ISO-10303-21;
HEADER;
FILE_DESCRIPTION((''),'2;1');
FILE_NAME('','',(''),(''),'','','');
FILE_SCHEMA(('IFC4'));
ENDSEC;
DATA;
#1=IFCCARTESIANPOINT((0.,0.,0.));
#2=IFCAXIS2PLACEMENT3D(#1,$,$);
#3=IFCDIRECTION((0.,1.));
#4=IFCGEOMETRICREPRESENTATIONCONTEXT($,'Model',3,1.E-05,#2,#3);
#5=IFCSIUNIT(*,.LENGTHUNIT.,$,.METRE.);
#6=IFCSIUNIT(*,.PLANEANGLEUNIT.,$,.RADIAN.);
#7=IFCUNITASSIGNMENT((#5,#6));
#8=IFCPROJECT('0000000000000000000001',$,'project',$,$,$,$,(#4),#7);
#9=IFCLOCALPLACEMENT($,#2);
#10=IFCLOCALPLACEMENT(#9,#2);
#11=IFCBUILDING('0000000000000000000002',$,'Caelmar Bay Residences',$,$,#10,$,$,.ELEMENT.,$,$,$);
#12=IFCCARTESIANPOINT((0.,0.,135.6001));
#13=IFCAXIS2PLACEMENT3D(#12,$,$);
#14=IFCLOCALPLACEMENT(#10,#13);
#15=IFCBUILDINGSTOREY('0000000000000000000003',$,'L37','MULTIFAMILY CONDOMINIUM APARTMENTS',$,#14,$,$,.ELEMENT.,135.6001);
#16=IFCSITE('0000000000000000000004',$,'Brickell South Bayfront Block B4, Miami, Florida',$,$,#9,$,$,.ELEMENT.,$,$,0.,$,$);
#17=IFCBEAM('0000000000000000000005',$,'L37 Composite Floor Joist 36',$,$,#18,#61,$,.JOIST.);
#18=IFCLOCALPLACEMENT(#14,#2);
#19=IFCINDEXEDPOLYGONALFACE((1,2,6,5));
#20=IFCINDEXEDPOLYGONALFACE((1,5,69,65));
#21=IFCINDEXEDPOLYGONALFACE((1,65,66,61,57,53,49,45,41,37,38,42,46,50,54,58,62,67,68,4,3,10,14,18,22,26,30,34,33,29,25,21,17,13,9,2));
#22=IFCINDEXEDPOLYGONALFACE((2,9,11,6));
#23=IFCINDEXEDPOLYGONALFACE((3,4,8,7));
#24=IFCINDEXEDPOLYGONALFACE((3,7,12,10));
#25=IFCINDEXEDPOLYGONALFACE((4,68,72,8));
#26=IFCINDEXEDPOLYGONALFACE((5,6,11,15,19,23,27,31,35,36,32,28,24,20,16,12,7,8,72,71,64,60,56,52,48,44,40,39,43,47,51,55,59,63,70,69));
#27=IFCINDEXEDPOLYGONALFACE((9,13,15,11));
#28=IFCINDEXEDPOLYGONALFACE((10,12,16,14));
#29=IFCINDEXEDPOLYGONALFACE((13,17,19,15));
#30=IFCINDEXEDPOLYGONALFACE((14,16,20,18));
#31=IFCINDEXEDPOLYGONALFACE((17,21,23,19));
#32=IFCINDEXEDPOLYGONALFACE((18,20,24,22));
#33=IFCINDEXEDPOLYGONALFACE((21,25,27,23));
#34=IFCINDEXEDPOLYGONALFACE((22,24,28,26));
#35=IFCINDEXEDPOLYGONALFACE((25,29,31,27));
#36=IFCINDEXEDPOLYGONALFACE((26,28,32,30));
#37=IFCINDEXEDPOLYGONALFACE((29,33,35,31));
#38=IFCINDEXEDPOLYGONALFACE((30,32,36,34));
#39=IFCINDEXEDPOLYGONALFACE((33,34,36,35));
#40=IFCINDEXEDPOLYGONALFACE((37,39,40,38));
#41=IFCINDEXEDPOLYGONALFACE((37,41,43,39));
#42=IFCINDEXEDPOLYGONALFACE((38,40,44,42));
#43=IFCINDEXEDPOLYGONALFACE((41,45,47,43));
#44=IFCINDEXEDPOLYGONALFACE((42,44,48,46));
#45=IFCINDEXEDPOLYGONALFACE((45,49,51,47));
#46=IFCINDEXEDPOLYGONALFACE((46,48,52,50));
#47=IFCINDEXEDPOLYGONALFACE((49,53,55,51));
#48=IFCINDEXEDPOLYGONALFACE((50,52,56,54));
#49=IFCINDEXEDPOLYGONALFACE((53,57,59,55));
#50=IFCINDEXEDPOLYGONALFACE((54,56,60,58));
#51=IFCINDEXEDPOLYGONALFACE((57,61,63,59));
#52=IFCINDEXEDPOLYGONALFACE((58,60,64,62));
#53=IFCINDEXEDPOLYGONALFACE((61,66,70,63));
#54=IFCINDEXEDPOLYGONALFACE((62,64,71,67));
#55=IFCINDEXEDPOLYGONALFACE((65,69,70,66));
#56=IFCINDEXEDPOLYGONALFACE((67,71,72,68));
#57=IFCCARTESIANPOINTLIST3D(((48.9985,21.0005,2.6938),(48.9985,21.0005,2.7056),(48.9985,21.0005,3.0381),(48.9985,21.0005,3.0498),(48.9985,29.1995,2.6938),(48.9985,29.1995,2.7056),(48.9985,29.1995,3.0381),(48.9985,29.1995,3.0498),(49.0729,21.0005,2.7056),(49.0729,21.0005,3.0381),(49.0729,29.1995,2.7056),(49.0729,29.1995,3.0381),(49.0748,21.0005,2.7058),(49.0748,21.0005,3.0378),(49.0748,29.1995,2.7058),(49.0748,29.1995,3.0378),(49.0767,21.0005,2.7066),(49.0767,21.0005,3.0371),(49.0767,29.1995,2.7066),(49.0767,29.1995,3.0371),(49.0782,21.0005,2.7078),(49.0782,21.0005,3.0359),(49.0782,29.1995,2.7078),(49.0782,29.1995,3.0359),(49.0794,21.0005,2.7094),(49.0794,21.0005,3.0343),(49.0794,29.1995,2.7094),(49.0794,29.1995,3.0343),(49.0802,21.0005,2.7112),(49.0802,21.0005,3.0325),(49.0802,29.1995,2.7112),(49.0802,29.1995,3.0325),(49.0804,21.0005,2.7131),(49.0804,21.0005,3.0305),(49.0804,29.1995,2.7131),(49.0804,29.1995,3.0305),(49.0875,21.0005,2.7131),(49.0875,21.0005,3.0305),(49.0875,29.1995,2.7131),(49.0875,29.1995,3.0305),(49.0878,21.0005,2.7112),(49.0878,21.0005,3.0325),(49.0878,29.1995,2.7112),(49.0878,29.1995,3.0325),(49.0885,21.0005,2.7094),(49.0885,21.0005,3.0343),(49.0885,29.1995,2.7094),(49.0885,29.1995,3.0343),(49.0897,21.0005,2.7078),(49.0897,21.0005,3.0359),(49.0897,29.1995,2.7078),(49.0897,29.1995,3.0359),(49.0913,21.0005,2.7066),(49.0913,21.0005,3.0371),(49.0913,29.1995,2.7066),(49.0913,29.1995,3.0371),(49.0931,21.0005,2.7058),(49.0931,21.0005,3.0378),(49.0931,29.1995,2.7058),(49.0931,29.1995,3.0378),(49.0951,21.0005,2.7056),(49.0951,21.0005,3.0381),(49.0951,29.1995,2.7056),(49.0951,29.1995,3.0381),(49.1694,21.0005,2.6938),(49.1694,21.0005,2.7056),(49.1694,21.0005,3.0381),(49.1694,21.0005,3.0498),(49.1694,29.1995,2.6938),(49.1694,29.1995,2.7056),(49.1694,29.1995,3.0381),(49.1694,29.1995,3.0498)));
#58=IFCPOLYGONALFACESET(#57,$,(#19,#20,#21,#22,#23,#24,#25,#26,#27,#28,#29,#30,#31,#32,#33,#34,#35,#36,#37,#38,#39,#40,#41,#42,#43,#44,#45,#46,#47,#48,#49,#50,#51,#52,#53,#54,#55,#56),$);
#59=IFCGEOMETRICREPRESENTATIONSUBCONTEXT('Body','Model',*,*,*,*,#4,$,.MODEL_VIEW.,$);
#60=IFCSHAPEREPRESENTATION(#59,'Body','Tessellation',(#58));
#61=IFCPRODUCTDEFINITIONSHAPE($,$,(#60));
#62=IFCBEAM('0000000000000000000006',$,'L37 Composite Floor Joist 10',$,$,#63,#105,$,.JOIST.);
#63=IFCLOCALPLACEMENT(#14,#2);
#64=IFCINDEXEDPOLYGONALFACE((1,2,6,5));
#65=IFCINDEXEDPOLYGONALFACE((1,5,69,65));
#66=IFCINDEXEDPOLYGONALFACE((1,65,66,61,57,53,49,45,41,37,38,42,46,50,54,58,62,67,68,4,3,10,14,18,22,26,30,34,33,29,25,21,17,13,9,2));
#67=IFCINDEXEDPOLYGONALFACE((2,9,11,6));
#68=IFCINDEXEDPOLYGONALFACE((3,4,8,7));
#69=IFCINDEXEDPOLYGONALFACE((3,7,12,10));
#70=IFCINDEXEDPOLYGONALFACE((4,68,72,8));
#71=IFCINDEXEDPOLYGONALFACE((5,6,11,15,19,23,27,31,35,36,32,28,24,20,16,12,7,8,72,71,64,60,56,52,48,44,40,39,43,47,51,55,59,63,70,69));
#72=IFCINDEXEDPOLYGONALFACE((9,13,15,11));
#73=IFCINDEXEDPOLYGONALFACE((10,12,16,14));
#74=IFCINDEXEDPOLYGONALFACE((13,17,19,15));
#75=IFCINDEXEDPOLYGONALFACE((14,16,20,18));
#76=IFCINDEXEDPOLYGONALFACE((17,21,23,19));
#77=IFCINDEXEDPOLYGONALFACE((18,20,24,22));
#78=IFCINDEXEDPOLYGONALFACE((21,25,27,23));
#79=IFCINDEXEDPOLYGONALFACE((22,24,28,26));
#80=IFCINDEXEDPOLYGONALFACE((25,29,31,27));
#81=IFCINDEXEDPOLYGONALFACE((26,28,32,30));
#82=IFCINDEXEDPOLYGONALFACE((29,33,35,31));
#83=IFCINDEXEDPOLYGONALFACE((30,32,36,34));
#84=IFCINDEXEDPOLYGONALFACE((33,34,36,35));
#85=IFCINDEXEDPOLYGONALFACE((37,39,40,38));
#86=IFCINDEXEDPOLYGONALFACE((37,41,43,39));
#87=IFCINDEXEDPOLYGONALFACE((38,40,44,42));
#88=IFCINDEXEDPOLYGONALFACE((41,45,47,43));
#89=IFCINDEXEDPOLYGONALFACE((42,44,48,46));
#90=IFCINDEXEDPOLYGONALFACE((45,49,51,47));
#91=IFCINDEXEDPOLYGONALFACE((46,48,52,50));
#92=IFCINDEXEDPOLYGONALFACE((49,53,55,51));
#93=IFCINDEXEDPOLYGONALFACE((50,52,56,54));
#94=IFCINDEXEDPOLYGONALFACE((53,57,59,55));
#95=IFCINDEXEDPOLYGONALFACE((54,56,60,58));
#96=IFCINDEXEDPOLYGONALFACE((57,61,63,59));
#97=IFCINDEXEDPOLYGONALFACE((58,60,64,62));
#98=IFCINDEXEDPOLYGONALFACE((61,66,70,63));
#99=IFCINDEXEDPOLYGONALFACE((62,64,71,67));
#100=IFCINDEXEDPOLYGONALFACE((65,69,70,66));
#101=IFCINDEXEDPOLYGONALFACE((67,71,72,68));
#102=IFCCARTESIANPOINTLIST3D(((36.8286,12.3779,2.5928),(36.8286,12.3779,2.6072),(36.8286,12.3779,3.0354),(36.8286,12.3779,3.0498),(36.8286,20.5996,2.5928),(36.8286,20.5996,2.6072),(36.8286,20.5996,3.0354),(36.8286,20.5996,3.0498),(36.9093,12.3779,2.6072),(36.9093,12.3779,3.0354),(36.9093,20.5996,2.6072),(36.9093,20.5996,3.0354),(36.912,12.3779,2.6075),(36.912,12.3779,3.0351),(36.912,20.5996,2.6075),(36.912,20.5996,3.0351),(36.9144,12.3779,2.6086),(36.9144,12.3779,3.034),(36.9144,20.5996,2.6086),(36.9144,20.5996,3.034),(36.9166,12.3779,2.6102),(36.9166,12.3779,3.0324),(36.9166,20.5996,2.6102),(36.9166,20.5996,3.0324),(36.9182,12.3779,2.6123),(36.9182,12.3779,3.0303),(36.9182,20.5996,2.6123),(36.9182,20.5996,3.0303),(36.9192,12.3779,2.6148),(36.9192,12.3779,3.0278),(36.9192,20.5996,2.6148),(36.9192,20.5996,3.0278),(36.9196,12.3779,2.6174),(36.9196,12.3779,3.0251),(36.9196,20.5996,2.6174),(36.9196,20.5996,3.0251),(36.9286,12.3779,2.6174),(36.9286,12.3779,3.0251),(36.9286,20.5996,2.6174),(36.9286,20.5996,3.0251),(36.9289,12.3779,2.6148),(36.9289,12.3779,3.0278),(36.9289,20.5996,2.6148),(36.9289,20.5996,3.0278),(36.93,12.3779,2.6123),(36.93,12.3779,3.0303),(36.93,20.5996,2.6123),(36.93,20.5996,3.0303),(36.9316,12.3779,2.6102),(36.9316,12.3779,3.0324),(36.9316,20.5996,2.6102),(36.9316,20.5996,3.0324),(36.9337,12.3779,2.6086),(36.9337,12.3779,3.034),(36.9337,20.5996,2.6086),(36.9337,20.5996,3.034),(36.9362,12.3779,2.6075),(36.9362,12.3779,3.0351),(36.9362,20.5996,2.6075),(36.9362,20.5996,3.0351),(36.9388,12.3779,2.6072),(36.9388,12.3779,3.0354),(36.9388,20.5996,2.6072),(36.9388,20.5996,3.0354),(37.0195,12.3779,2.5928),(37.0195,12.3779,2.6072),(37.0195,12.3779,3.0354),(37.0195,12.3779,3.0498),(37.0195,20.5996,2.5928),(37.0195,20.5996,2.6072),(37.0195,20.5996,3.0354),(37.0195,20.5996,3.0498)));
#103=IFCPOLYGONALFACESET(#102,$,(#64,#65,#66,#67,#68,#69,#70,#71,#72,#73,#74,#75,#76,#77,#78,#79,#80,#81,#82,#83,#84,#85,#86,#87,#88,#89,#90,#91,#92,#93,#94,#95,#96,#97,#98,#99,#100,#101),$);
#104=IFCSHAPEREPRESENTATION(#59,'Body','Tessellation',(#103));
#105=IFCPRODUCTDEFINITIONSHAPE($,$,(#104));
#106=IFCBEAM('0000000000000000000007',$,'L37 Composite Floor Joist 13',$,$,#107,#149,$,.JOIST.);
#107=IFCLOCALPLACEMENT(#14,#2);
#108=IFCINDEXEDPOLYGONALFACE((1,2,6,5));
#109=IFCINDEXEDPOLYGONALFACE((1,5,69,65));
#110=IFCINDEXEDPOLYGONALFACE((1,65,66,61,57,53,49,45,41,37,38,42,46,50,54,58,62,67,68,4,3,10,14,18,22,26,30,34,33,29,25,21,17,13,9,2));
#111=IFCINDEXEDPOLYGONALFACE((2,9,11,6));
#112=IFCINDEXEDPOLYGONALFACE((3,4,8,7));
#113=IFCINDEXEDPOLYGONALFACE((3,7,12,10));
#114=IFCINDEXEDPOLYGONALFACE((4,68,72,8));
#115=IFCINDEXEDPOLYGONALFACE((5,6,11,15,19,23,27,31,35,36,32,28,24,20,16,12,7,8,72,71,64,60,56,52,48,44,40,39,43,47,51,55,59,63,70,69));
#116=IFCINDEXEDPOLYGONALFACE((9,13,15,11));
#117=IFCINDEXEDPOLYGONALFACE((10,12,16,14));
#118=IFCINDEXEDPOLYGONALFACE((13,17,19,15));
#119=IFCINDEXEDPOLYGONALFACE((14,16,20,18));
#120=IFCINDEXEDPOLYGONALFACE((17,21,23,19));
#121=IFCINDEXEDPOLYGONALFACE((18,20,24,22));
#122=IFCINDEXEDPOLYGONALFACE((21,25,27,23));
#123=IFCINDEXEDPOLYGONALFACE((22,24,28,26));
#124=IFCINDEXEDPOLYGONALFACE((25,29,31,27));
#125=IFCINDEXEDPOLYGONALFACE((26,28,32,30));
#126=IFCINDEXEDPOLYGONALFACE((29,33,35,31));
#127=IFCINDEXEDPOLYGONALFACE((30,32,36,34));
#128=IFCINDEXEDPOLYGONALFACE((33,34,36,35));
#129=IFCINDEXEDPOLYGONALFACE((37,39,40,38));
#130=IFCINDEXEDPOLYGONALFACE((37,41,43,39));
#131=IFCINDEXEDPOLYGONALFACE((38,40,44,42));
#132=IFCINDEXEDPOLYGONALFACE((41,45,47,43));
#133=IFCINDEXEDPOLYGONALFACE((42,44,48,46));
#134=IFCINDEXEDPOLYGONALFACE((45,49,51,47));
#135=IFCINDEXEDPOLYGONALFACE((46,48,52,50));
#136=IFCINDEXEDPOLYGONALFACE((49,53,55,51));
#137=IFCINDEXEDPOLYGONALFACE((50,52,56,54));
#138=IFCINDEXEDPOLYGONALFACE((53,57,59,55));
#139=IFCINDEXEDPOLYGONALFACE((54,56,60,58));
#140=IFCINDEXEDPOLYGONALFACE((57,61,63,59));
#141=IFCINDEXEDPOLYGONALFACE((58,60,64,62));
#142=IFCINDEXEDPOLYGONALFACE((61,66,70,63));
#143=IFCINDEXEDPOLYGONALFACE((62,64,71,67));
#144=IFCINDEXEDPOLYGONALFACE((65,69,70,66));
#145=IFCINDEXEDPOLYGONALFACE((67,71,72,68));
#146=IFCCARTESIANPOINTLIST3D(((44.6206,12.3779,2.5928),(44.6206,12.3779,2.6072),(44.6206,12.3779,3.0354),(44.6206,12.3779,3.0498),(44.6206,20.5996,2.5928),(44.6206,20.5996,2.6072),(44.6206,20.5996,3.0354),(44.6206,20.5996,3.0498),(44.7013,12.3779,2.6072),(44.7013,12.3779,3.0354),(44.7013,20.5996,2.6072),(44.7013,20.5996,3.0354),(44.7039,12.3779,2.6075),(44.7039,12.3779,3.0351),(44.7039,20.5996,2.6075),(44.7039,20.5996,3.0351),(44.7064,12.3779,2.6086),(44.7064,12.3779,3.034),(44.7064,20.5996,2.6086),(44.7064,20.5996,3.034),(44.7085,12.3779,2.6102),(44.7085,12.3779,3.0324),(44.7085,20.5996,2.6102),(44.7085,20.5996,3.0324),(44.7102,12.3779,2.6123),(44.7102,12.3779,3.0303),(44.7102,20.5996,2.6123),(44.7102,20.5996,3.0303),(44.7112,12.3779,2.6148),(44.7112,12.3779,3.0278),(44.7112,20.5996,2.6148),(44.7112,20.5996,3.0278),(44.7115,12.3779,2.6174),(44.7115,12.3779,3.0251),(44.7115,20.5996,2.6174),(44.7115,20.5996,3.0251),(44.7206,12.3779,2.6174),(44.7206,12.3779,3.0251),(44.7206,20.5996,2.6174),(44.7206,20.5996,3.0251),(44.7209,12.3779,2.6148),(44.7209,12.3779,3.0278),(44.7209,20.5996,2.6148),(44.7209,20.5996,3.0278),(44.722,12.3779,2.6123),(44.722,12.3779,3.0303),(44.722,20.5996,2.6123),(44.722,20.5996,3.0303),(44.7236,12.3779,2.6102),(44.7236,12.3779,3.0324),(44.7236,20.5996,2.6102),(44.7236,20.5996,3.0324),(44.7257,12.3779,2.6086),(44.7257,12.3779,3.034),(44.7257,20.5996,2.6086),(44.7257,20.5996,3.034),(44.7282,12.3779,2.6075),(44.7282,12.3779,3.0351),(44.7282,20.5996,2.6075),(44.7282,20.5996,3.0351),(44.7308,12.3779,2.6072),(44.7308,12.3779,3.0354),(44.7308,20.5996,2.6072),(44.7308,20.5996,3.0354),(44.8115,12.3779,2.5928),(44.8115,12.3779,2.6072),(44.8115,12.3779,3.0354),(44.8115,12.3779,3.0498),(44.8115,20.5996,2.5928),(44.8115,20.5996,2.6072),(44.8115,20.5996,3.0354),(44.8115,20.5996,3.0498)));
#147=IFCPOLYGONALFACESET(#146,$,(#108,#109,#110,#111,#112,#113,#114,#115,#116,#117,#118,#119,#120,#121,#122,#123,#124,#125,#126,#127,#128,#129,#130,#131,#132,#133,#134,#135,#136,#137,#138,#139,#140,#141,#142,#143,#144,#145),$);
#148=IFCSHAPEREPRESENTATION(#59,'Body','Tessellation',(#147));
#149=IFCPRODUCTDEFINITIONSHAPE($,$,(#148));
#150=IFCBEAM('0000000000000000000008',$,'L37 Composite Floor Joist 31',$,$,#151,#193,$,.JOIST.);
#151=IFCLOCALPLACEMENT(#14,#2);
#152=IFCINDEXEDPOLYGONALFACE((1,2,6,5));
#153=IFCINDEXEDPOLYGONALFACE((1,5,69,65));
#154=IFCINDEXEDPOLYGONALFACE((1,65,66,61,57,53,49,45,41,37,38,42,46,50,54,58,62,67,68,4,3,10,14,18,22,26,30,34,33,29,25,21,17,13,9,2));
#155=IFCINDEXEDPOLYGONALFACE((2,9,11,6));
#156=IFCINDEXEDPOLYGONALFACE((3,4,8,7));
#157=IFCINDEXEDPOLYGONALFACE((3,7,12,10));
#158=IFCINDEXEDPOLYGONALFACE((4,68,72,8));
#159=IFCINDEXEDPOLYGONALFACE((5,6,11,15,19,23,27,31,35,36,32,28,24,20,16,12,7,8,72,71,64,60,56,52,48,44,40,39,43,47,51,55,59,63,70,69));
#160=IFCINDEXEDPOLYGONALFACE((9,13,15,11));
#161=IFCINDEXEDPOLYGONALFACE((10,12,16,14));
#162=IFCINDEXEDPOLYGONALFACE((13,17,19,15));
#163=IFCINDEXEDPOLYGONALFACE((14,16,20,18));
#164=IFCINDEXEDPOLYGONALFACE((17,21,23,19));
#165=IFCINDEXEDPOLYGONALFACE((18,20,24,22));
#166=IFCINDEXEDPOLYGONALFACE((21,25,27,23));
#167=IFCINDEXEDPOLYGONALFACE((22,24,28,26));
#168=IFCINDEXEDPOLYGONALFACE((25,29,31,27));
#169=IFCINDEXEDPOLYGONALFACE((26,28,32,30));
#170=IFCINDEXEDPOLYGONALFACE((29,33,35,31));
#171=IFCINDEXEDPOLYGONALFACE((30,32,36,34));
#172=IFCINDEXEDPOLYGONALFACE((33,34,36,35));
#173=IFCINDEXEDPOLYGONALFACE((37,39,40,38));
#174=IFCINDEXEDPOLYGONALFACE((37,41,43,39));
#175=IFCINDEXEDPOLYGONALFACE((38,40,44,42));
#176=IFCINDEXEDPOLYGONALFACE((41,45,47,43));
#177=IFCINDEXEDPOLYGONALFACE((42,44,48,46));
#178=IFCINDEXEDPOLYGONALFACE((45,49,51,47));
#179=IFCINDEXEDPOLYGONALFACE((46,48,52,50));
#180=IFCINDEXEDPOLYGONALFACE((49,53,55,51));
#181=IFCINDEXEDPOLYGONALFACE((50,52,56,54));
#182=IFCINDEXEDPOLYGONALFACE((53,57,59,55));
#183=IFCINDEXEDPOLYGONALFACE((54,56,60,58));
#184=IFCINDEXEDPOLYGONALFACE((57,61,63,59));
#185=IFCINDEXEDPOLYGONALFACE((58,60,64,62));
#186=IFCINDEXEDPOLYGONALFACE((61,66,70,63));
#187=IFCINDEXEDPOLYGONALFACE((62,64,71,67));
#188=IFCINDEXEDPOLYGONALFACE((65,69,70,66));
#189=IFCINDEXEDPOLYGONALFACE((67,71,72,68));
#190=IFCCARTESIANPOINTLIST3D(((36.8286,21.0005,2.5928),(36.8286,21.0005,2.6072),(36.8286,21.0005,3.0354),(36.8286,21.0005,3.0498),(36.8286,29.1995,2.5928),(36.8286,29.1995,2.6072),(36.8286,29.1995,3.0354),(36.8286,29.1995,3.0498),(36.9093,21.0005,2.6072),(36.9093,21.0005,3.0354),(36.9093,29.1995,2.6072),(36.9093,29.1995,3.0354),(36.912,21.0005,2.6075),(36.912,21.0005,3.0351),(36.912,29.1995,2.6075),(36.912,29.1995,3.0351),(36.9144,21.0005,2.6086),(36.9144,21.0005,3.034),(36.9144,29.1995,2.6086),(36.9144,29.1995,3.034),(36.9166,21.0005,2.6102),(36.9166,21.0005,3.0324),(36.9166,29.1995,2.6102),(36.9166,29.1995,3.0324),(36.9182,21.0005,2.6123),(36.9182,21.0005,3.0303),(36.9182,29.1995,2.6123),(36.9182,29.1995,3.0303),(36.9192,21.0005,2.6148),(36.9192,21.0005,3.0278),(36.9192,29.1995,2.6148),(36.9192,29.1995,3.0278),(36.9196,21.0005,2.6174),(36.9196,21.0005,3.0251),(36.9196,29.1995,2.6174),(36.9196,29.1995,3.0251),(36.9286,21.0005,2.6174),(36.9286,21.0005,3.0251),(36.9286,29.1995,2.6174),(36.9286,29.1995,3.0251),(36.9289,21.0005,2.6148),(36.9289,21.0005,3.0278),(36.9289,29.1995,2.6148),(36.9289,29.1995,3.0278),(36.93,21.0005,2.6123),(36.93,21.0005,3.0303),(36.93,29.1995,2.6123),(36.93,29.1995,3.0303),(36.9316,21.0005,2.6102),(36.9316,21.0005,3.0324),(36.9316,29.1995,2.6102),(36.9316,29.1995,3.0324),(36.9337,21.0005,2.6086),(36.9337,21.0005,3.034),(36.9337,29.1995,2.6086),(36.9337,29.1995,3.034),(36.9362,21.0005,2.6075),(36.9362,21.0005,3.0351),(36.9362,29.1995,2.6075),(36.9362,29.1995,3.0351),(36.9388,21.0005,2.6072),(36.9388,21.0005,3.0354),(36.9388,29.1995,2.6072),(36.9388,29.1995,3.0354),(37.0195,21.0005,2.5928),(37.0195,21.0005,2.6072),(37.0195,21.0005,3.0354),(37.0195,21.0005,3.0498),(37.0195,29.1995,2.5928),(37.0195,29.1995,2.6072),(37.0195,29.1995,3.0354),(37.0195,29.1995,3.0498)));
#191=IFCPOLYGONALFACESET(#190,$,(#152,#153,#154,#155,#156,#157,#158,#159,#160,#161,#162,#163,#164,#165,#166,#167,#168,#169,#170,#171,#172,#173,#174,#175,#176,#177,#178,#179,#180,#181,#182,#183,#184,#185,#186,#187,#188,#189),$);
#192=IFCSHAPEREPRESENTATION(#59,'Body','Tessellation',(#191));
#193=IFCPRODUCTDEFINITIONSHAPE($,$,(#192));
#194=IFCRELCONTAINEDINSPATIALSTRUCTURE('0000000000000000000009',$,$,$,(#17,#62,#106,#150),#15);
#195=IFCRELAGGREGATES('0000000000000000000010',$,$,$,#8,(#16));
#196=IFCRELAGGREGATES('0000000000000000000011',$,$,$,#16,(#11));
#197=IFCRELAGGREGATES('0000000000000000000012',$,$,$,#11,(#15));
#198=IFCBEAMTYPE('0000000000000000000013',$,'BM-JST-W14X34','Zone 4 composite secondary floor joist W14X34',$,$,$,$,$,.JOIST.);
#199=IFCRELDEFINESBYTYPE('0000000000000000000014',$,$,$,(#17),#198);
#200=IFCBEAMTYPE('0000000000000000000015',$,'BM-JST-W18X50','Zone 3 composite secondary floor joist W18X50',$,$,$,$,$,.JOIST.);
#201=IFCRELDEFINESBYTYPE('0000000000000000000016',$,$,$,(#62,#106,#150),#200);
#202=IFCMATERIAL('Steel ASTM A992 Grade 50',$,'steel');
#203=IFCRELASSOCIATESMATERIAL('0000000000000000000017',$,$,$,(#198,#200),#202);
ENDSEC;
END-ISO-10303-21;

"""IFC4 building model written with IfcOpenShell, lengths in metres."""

from ifc_helpers import new_model, si_unit, direction, frame, origin, origin_2d, place, context, subcontext, project, spatial, i_section, extrude, material, material_profile, profile_set, type_object, element, save


model = new_model("IFC4")

# Units and contexts
model_context = context("Model", 3, precision=1e-05, world=origin(), true_north=direction((0.0, 1.0)))
body_context = subcontext(model_context, "Body", "Model", "MODEL_VIEW")
ifc_project = project(units=[si_unit("LENGTHUNIT", "METRE"), si_unit("PLANEANGLEUNIT", "RADIAN")], contexts=[model_context])

# Site, building, storey
site_placement = place(None, origin())
site = spatial("IfcSite", under=ifc_project, at=site_placement, Name="Brickell South Bayfront Block B4, Miami, Florida", CompositionType="ELEMENT", RefElevation=0.0)
building_placement = place(site_placement, origin())
building = spatial("IfcBuilding", under=site, at=building_placement, Name="Caelmar Bay Residences", CompositionType="ELEMENT")
storey_placement = place(building_placement, frame((0.0, 0.0, 135.6001)))
storey = spatial("IfcBuildingStorey", under=building, at=storey_placement, Name="L37", Description="MULTIFAMILY CONDOMINIUM APARTMENTS", CompositionType="ELEMENT", Elevation=135.6001)

# Beams
ifc_material_1 = material(Name="Steel ASTM A992 Grade 50", Category="steel")
ifc_material_profile_1 = material_profile(ifc_material_1, i_section(OverallWidth=0.1709, OverallDepth=0.356, WebThickness=0.0071, FlangeThickness=0.0117, FilletRadius=0.0076, at=origin_2d()), Name="W14X34")
ifc_profile_set_1 = profile_set([ifc_material_profile_1], Name="Steel ASTM A992 Grade 50")
beam_type_1 = type_object("IfcBeamType", Name="BM-JST-W14X34", Description="Zone 4 composite secondary floor joist W14X34", PredefinedType="JOIST", material=ifc_profile_set_1)
for number, where, z_axis, x_axis, name in (
    (1, (49.084, 21.0005, 2.8718), (0.0, 1.0, 0.0), (-1.0, 0.0, 0.0), "L37 Composite Floor Joist 36"),
):
    element("IfcBeam", number, at=place(storey_placement, frame(where, z_axis=z_axis, x_axis=x_axis)), inside=storey, type_object=beam_type_1, Name=name, PredefinedType="JOIST", context=body_context, shape_type="SweptSolid", body=[
        extrude(i_section(OverallWidth=0.1709, OverallDepth=0.356, WebThickness=0.0071, FlangeThickness=0.0117, FilletRadius=0.0076, at=origin_2d()), origin(), (0.0, 0.0, 1.0), 8.199),
    ])
ifc_material_profile_2 = material_profile(ifc_material_1, i_section(OverallWidth=0.1909, OverallDepth=0.457, WebThickness=0.009, FlangeThickness=0.0144, FilletRadius=0.0103, at=origin_2d()), Name="W18X50")
ifc_profile_set_2 = profile_set([ifc_material_profile_2], Name="Steel ASTM A992 Grade 50")
beam_type_2 = type_object("IfcBeamType", Name="BM-JST-W18X50", Description="Zone 3 composite secondary floor joist W18X50", PredefinedType="JOIST", material=ifc_profile_set_2)
for number, where, z_axis, x_axis, name in (
    (2, (36.9241, 12.3779, 2.8213), (0.0, 1.0, 0.0), (-1.0, 0.0, 0.0), "L37 Composite Floor Joist 10"),
    (3, (44.7161, 12.3779, 2.8213), (0.0, 1.0, 0.0), (-1.0, 0.0, 0.0), "L37 Composite Floor Joist 13"),
):
    element("IfcBeam", number, at=place(storey_placement, frame(where, z_axis=z_axis, x_axis=x_axis)), inside=storey, type_object=beam_type_2, Name=name, PredefinedType="JOIST", context=body_context, shape_type="SweptSolid", body=[
        extrude(i_section(OverallWidth=0.1909, OverallDepth=0.457, WebThickness=0.009, FlangeThickness=0.0144, FilletRadius=0.0103, at=origin_2d()), origin(), (0.0, 0.0, 1.0), 8.2217),
    ])
for number, where, z_axis, x_axis, name in (
    (4, (36.9241, 21.0005, 2.8213), (0.0, 1.0, 0.0), (-1.0, 0.0, 0.0), "L37 Composite Floor Joist 31"),
):
    element("IfcBeam", number, at=place(storey_placement, frame(where, z_axis=z_axis, x_axis=x_axis)), inside=storey, type_object=beam_type_2, Name=name, PredefinedType="JOIST", context=body_context, shape_type="SweptSolid", body=[
        extrude(i_section(OverallWidth=0.1909, OverallDepth=0.457, WebThickness=0.009, FlangeThickness=0.0144, FilletRadius=0.0103, at=origin_2d()), origin(), (0.0, 0.0, 1.0), 8.199),
    ])

save(model, "model.ifc")
